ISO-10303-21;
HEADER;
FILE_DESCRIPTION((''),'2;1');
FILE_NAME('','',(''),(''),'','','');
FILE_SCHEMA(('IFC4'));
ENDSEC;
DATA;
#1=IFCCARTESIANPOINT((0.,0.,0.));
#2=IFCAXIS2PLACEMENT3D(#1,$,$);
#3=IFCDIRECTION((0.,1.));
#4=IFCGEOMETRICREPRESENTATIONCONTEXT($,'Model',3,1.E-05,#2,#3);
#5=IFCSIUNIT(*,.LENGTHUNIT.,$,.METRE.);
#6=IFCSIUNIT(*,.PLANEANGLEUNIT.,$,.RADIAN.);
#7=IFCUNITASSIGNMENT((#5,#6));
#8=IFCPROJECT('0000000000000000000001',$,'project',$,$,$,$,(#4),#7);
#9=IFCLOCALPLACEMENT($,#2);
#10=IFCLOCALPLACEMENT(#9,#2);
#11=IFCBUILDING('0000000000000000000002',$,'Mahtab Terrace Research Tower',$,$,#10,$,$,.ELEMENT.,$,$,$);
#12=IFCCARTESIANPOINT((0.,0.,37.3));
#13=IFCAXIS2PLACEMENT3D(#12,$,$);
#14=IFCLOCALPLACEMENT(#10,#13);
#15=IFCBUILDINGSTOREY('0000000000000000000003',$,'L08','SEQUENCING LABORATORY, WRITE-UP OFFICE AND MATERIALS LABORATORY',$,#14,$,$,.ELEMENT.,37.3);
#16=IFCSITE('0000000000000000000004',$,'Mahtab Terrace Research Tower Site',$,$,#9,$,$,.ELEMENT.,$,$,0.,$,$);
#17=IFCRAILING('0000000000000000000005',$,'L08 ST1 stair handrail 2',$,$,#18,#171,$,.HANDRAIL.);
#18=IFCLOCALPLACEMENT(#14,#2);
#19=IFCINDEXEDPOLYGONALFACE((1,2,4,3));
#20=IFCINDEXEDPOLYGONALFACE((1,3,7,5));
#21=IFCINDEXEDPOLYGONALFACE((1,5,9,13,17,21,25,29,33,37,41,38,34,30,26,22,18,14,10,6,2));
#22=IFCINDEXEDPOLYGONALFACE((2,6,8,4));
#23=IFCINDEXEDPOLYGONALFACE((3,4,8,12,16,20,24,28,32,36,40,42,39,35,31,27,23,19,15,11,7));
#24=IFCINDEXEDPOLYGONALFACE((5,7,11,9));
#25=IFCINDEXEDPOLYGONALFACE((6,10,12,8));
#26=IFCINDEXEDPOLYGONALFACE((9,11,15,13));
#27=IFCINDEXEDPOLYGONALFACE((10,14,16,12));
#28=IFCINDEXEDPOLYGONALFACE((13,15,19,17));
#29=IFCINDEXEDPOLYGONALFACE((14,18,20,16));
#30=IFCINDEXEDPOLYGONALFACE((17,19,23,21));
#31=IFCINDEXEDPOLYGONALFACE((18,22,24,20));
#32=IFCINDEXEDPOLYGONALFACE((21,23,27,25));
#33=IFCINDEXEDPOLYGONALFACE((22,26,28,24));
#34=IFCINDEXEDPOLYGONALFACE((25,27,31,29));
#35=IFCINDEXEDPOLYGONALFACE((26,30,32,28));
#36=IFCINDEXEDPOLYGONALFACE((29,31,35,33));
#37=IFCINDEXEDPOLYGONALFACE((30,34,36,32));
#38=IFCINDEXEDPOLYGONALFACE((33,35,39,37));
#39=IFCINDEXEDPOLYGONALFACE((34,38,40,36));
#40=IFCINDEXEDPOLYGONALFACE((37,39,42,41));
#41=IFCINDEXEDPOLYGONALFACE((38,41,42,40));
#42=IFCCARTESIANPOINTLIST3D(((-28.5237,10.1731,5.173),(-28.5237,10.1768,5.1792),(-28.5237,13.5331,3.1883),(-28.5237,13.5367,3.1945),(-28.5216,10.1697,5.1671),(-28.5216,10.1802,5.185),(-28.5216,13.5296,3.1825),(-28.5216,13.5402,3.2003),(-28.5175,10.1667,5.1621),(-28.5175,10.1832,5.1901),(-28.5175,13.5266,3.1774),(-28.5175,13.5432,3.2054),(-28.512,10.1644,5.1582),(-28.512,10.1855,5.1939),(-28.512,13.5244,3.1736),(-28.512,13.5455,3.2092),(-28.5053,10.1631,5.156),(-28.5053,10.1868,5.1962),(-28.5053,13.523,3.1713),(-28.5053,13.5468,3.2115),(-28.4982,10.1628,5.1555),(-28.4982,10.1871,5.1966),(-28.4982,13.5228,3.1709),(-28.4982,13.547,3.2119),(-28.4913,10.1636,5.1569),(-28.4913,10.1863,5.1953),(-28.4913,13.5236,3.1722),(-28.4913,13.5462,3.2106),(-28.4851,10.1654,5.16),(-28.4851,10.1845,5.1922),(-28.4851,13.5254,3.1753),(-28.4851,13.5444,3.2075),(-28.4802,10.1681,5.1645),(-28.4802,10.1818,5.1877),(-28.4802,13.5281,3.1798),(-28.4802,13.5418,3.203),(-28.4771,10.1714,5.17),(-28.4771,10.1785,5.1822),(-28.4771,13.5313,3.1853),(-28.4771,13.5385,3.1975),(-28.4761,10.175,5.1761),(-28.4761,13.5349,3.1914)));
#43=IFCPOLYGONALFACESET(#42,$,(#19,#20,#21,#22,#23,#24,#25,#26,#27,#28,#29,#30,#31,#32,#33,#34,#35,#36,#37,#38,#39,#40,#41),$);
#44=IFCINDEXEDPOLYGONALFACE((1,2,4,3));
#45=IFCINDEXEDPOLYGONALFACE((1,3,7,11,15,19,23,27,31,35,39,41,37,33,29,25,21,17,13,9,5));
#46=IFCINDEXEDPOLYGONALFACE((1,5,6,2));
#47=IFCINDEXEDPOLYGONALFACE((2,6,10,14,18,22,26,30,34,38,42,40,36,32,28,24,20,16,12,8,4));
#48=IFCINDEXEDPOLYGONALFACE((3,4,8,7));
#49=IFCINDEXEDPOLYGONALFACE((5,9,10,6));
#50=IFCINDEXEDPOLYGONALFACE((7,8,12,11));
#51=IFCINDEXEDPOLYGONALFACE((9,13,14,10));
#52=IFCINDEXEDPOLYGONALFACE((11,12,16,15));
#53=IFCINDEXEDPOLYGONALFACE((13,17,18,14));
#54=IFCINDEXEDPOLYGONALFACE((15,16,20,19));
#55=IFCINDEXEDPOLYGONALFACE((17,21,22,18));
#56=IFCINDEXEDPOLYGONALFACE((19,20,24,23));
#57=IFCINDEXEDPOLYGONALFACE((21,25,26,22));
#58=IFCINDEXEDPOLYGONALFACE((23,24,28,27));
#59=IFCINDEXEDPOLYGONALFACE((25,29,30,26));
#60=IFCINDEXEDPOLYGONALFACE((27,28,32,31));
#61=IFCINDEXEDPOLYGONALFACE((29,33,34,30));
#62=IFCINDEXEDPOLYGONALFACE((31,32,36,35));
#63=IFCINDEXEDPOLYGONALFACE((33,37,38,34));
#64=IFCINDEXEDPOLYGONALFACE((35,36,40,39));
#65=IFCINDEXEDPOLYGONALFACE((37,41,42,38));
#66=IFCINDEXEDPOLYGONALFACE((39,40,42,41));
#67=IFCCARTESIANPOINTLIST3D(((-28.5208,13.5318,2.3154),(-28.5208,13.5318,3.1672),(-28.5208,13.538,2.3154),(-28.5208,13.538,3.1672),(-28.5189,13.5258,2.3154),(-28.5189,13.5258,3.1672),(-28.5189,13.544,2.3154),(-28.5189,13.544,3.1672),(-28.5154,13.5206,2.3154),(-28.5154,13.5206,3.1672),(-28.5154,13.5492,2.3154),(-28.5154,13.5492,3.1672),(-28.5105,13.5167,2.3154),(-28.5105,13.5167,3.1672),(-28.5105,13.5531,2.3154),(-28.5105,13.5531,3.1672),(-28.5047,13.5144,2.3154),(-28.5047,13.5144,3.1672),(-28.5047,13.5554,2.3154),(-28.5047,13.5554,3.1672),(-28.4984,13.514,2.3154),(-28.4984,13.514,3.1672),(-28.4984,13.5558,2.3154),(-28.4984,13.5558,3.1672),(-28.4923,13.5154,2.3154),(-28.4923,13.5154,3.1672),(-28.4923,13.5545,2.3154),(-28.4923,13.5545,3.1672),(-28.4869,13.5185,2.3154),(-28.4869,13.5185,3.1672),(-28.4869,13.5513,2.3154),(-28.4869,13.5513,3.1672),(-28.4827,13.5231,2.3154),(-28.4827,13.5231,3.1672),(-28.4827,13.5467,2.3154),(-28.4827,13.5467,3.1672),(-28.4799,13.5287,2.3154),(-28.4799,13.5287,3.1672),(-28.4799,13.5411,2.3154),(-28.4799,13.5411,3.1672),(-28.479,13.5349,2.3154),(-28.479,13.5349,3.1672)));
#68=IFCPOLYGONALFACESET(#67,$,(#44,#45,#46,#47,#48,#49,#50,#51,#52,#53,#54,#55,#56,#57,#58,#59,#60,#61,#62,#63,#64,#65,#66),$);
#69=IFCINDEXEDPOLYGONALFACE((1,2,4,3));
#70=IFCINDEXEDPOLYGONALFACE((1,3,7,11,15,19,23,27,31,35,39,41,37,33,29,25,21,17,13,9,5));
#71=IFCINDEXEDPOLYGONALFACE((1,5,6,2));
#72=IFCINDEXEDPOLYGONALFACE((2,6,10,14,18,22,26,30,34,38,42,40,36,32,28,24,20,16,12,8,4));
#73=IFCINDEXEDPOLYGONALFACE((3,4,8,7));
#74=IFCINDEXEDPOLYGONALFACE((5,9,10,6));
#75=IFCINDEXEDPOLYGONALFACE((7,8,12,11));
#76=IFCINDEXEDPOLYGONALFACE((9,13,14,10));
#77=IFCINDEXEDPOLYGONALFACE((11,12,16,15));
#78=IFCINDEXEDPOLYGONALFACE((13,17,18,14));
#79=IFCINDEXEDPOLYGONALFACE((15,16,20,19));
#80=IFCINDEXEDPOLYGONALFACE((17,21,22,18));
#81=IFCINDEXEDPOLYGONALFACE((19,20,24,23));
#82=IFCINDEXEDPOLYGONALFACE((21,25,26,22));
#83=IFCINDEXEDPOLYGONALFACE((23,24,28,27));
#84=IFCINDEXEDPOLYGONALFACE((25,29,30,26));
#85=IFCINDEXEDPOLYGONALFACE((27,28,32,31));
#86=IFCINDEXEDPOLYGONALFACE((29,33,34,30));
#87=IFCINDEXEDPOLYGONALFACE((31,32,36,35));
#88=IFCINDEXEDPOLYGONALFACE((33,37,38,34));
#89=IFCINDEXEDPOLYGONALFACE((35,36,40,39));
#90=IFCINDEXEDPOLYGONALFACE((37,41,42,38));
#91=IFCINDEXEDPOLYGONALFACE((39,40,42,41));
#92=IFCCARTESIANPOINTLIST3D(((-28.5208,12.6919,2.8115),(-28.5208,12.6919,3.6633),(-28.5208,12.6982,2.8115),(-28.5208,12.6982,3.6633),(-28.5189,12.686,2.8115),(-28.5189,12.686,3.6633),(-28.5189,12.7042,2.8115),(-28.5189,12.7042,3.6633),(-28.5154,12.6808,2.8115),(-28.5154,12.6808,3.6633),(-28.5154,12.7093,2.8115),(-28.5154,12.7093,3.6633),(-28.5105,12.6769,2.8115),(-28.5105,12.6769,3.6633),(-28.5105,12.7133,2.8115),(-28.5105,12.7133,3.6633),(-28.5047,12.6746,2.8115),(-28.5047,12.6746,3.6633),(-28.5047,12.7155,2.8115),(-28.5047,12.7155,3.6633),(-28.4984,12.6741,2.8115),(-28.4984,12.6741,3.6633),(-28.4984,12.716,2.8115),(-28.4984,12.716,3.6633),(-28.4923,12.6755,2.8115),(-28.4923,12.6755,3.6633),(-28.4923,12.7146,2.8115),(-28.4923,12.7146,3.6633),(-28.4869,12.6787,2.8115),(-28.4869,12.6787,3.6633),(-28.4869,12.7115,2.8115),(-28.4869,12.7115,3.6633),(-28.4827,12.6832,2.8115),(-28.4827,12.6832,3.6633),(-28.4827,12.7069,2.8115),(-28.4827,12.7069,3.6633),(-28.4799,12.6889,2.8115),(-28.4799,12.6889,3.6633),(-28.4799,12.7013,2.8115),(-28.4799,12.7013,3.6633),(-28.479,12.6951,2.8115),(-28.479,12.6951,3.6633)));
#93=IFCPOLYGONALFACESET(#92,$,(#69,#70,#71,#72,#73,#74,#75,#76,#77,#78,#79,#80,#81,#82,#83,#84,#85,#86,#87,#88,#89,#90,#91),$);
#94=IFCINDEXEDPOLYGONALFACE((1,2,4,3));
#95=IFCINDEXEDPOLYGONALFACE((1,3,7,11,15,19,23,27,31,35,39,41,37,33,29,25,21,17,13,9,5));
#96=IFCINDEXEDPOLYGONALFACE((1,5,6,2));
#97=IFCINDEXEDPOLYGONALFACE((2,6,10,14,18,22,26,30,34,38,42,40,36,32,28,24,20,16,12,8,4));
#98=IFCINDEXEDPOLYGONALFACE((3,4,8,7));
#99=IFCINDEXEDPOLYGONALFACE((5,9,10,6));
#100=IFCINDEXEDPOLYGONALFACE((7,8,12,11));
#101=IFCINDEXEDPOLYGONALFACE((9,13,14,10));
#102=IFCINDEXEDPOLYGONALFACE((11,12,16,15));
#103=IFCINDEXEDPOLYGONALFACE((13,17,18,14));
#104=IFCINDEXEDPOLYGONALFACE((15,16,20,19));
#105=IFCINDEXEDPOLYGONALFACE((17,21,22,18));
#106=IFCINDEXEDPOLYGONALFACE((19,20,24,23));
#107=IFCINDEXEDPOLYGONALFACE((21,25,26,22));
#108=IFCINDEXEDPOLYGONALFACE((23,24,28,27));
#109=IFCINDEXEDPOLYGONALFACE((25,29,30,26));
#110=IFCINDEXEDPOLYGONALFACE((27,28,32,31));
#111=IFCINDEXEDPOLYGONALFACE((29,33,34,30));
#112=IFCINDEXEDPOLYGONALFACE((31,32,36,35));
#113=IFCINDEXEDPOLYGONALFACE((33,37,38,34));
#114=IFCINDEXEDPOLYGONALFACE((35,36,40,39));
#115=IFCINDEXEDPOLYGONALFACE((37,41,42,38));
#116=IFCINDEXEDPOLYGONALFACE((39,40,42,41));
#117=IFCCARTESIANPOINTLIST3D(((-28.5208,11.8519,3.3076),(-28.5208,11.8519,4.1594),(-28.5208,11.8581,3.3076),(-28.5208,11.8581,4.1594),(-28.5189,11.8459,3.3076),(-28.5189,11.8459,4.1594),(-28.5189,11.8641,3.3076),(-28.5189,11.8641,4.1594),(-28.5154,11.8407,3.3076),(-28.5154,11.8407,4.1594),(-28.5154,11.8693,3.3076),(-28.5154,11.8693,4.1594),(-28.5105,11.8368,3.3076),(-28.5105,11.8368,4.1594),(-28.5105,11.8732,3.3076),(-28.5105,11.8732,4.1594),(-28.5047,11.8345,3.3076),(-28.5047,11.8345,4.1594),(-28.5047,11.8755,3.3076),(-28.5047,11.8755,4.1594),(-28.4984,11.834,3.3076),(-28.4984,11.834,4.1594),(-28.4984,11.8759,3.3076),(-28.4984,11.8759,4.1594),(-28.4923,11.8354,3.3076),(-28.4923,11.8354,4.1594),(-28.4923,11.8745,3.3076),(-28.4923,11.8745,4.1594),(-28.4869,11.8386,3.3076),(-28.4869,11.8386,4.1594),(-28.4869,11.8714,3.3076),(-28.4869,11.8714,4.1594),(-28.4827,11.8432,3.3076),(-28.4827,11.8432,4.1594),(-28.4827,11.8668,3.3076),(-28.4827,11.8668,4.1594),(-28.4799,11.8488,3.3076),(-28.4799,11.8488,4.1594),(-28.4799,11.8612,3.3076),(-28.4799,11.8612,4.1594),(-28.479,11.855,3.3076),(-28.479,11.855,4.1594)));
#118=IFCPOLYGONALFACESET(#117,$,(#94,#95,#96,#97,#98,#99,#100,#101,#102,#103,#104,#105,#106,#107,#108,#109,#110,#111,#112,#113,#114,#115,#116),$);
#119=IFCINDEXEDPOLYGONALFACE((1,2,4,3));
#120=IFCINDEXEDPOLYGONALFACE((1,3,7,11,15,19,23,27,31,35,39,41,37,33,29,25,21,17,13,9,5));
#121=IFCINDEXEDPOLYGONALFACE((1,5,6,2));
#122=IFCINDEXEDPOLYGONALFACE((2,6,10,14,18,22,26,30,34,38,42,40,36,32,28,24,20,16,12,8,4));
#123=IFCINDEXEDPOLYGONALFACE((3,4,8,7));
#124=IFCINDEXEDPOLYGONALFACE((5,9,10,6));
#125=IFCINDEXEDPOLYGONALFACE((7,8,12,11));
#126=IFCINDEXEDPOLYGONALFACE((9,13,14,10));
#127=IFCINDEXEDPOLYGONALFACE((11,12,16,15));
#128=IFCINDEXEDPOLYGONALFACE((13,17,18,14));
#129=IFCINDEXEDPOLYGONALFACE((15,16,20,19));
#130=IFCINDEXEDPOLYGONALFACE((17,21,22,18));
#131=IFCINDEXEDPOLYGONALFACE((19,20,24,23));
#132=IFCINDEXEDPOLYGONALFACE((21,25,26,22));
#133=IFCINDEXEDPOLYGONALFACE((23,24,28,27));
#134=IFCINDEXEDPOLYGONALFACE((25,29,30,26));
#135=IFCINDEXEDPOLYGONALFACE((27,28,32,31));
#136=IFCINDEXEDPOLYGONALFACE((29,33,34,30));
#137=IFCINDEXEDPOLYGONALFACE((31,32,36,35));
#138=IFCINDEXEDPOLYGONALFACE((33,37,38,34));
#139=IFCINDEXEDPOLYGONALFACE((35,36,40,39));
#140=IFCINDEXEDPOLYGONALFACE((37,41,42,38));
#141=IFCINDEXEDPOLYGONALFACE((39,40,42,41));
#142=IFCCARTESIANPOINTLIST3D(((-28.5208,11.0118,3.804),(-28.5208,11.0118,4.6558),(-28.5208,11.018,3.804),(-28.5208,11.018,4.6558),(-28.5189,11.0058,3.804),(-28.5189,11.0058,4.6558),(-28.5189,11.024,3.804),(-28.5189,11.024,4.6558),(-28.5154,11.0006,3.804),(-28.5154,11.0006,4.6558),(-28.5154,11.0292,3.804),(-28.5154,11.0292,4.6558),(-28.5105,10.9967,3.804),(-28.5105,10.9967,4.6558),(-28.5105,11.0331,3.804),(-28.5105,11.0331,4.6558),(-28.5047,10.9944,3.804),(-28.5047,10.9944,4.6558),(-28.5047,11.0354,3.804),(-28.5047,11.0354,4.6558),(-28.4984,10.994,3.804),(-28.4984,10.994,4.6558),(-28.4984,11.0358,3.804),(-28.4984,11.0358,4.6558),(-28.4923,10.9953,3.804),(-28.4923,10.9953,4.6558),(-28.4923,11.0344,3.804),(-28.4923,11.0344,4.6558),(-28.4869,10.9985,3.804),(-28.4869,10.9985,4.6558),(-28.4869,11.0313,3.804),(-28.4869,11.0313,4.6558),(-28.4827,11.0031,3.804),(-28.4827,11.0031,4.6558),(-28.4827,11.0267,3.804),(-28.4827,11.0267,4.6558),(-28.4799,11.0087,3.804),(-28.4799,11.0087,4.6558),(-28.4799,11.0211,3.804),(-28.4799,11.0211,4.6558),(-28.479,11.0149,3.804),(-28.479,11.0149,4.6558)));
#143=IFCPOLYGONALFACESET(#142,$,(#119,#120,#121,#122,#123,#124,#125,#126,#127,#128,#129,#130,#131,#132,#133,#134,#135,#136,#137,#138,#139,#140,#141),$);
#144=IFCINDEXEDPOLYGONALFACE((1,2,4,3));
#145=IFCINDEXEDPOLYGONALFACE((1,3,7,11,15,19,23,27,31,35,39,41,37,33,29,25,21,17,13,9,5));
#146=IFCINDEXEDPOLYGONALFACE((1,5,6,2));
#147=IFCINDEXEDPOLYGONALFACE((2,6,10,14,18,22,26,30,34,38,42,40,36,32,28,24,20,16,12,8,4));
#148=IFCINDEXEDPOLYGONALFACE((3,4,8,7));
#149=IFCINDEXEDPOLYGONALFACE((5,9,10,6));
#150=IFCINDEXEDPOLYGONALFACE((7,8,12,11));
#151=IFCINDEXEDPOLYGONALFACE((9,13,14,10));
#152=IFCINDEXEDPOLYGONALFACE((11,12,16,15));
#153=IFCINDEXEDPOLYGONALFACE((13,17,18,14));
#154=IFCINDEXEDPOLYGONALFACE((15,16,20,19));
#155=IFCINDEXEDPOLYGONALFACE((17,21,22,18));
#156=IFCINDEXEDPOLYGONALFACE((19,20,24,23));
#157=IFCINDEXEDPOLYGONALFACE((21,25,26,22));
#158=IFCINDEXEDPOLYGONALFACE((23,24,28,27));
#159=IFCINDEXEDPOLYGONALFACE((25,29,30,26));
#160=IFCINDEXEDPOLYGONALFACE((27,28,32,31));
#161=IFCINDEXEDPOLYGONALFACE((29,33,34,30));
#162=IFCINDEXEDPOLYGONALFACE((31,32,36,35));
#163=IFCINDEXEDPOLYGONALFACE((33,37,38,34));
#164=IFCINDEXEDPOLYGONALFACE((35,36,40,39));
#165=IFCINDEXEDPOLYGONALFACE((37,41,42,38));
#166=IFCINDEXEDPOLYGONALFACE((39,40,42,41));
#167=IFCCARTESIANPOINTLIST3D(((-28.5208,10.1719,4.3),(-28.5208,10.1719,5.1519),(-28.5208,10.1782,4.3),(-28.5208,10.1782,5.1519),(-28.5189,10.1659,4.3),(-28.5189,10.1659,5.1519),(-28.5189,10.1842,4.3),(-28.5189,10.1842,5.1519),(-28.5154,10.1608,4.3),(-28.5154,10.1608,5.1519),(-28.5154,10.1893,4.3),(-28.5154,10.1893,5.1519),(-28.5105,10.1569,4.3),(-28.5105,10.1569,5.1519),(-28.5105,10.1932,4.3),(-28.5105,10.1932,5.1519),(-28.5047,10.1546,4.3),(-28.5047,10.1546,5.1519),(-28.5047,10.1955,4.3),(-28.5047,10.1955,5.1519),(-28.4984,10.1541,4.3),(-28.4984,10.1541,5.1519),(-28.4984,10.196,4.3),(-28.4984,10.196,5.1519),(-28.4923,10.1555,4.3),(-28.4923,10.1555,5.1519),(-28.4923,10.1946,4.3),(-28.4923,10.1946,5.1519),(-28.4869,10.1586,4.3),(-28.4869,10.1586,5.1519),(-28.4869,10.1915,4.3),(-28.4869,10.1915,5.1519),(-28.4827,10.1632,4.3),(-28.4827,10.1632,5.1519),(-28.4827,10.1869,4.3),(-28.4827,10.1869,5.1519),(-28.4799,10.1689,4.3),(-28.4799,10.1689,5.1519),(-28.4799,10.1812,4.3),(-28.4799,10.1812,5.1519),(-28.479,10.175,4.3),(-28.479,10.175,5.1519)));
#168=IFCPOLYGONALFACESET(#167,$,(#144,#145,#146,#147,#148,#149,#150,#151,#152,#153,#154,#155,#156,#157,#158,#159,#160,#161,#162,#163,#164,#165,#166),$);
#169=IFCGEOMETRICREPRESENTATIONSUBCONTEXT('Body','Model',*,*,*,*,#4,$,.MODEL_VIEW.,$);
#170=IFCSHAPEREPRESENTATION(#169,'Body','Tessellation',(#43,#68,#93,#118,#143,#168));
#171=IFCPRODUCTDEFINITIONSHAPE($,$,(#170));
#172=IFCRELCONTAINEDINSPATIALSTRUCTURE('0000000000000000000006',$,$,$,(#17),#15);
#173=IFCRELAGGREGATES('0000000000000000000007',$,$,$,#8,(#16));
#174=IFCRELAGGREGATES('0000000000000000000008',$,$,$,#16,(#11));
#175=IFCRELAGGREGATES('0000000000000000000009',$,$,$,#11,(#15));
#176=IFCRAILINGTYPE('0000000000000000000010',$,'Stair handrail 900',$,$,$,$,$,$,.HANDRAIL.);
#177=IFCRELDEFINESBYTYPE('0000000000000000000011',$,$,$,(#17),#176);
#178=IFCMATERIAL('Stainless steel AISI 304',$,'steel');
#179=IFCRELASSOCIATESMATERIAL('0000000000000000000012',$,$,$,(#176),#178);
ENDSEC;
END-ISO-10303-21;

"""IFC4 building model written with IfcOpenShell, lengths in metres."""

from ifc_helpers import new_model, si_unit, direction, frame, origin, origin_2d, place, context, subcontext, project, spatial, circle, extrude, material, type_object, element, save


model = new_model("IFC4")

# Units and contexts
model_context = context("Model", 3, precision=1e-05, world=origin(), true_north=direction((0.0, 1.0)))
body_context = subcontext(model_context, "Body", "Model", "MODEL_VIEW")
ifc_project = project(units=[si_unit("LENGTHUNIT", "METRE"), si_unit("PLANEANGLEUNIT", "RADIAN")], contexts=[model_context])

# Site, building, storey
site_placement = place(None, origin())
site = spatial("IfcSite", under=ifc_project, at=site_placement, Name="Mahtab Terrace Research Tower Site", CompositionType="ELEMENT", RefElevation=0.0)
building_placement = place(site_placement, origin())
building = spatial("IfcBuilding", under=site, at=building_placement, Name="Mahtab Terrace Research Tower", CompositionType="ELEMENT")
storey_placement = place(building_placement, frame((0.0, 0.0, 37.3)))
storey = spatial("IfcBuildingStorey", under=building, at=storey_placement, Name="L08", Description="SEQUENCING LABORATORY, WRITE-UP OFFICE AND MATERIALS LABORATORY", CompositionType="ELEMENT", Elevation=37.3)

# Railing
ifc_material_1 = material(Name="Stainless steel AISI 304", Category="steel")
railing_type_1 = type_object("IfcRailingType", Name="Stair handrail 900", PredefinedType="HANDRAIL", material=ifc_material_1)
railing_1_placement = place(storey_placement, frame((-28.5, 13.5349, 2.3154)))
element("IfcRailing", 1, at=railing_1_placement, inside=storey, type_object=railing_type_1, Name="L08 ST1 stair handrail 2", PredefinedType="HANDRAIL", context=body_context, shape_type="SweptSolid", body=[
    extrude(circle(Radius=0.0239, at=origin_2d()), frame((0.0, 0.0, 0.876), z_axis=(0.0, -0.861011, 0.508586), x_axis=(1.0, 0.0, 0.0)), (0.0, 0.0, 1.0), 3.9023),
    extrude(circle(Radius=0.021, at=origin_2d()), origin(), (0.0, 0.0, 1.0), 0.8518),
    extrude(circle(Radius=0.021, at=origin_2d()), frame((0.0, -0.8398, 0.4961)), (0.0, 0.0, 1.0), 0.8518),
    extrude(circle(Radius=0.021, at=origin_2d()), frame((0.0, -1.6799, 0.9922)), (0.0, 0.0, 1.0), 0.8518),
    extrude(circle(Radius=0.021, at=origin_2d()), frame((0.0, -2.52, 1.4885)), (0.0, 0.0, 1.0), 0.8518),
    extrude(circle(Radius=0.021, at=origin_2d()), frame((0.0, -3.3599, 1.9846)), (0.0, 0.0, 1.0), 0.8518),
])

save(model, "model.ifc")
